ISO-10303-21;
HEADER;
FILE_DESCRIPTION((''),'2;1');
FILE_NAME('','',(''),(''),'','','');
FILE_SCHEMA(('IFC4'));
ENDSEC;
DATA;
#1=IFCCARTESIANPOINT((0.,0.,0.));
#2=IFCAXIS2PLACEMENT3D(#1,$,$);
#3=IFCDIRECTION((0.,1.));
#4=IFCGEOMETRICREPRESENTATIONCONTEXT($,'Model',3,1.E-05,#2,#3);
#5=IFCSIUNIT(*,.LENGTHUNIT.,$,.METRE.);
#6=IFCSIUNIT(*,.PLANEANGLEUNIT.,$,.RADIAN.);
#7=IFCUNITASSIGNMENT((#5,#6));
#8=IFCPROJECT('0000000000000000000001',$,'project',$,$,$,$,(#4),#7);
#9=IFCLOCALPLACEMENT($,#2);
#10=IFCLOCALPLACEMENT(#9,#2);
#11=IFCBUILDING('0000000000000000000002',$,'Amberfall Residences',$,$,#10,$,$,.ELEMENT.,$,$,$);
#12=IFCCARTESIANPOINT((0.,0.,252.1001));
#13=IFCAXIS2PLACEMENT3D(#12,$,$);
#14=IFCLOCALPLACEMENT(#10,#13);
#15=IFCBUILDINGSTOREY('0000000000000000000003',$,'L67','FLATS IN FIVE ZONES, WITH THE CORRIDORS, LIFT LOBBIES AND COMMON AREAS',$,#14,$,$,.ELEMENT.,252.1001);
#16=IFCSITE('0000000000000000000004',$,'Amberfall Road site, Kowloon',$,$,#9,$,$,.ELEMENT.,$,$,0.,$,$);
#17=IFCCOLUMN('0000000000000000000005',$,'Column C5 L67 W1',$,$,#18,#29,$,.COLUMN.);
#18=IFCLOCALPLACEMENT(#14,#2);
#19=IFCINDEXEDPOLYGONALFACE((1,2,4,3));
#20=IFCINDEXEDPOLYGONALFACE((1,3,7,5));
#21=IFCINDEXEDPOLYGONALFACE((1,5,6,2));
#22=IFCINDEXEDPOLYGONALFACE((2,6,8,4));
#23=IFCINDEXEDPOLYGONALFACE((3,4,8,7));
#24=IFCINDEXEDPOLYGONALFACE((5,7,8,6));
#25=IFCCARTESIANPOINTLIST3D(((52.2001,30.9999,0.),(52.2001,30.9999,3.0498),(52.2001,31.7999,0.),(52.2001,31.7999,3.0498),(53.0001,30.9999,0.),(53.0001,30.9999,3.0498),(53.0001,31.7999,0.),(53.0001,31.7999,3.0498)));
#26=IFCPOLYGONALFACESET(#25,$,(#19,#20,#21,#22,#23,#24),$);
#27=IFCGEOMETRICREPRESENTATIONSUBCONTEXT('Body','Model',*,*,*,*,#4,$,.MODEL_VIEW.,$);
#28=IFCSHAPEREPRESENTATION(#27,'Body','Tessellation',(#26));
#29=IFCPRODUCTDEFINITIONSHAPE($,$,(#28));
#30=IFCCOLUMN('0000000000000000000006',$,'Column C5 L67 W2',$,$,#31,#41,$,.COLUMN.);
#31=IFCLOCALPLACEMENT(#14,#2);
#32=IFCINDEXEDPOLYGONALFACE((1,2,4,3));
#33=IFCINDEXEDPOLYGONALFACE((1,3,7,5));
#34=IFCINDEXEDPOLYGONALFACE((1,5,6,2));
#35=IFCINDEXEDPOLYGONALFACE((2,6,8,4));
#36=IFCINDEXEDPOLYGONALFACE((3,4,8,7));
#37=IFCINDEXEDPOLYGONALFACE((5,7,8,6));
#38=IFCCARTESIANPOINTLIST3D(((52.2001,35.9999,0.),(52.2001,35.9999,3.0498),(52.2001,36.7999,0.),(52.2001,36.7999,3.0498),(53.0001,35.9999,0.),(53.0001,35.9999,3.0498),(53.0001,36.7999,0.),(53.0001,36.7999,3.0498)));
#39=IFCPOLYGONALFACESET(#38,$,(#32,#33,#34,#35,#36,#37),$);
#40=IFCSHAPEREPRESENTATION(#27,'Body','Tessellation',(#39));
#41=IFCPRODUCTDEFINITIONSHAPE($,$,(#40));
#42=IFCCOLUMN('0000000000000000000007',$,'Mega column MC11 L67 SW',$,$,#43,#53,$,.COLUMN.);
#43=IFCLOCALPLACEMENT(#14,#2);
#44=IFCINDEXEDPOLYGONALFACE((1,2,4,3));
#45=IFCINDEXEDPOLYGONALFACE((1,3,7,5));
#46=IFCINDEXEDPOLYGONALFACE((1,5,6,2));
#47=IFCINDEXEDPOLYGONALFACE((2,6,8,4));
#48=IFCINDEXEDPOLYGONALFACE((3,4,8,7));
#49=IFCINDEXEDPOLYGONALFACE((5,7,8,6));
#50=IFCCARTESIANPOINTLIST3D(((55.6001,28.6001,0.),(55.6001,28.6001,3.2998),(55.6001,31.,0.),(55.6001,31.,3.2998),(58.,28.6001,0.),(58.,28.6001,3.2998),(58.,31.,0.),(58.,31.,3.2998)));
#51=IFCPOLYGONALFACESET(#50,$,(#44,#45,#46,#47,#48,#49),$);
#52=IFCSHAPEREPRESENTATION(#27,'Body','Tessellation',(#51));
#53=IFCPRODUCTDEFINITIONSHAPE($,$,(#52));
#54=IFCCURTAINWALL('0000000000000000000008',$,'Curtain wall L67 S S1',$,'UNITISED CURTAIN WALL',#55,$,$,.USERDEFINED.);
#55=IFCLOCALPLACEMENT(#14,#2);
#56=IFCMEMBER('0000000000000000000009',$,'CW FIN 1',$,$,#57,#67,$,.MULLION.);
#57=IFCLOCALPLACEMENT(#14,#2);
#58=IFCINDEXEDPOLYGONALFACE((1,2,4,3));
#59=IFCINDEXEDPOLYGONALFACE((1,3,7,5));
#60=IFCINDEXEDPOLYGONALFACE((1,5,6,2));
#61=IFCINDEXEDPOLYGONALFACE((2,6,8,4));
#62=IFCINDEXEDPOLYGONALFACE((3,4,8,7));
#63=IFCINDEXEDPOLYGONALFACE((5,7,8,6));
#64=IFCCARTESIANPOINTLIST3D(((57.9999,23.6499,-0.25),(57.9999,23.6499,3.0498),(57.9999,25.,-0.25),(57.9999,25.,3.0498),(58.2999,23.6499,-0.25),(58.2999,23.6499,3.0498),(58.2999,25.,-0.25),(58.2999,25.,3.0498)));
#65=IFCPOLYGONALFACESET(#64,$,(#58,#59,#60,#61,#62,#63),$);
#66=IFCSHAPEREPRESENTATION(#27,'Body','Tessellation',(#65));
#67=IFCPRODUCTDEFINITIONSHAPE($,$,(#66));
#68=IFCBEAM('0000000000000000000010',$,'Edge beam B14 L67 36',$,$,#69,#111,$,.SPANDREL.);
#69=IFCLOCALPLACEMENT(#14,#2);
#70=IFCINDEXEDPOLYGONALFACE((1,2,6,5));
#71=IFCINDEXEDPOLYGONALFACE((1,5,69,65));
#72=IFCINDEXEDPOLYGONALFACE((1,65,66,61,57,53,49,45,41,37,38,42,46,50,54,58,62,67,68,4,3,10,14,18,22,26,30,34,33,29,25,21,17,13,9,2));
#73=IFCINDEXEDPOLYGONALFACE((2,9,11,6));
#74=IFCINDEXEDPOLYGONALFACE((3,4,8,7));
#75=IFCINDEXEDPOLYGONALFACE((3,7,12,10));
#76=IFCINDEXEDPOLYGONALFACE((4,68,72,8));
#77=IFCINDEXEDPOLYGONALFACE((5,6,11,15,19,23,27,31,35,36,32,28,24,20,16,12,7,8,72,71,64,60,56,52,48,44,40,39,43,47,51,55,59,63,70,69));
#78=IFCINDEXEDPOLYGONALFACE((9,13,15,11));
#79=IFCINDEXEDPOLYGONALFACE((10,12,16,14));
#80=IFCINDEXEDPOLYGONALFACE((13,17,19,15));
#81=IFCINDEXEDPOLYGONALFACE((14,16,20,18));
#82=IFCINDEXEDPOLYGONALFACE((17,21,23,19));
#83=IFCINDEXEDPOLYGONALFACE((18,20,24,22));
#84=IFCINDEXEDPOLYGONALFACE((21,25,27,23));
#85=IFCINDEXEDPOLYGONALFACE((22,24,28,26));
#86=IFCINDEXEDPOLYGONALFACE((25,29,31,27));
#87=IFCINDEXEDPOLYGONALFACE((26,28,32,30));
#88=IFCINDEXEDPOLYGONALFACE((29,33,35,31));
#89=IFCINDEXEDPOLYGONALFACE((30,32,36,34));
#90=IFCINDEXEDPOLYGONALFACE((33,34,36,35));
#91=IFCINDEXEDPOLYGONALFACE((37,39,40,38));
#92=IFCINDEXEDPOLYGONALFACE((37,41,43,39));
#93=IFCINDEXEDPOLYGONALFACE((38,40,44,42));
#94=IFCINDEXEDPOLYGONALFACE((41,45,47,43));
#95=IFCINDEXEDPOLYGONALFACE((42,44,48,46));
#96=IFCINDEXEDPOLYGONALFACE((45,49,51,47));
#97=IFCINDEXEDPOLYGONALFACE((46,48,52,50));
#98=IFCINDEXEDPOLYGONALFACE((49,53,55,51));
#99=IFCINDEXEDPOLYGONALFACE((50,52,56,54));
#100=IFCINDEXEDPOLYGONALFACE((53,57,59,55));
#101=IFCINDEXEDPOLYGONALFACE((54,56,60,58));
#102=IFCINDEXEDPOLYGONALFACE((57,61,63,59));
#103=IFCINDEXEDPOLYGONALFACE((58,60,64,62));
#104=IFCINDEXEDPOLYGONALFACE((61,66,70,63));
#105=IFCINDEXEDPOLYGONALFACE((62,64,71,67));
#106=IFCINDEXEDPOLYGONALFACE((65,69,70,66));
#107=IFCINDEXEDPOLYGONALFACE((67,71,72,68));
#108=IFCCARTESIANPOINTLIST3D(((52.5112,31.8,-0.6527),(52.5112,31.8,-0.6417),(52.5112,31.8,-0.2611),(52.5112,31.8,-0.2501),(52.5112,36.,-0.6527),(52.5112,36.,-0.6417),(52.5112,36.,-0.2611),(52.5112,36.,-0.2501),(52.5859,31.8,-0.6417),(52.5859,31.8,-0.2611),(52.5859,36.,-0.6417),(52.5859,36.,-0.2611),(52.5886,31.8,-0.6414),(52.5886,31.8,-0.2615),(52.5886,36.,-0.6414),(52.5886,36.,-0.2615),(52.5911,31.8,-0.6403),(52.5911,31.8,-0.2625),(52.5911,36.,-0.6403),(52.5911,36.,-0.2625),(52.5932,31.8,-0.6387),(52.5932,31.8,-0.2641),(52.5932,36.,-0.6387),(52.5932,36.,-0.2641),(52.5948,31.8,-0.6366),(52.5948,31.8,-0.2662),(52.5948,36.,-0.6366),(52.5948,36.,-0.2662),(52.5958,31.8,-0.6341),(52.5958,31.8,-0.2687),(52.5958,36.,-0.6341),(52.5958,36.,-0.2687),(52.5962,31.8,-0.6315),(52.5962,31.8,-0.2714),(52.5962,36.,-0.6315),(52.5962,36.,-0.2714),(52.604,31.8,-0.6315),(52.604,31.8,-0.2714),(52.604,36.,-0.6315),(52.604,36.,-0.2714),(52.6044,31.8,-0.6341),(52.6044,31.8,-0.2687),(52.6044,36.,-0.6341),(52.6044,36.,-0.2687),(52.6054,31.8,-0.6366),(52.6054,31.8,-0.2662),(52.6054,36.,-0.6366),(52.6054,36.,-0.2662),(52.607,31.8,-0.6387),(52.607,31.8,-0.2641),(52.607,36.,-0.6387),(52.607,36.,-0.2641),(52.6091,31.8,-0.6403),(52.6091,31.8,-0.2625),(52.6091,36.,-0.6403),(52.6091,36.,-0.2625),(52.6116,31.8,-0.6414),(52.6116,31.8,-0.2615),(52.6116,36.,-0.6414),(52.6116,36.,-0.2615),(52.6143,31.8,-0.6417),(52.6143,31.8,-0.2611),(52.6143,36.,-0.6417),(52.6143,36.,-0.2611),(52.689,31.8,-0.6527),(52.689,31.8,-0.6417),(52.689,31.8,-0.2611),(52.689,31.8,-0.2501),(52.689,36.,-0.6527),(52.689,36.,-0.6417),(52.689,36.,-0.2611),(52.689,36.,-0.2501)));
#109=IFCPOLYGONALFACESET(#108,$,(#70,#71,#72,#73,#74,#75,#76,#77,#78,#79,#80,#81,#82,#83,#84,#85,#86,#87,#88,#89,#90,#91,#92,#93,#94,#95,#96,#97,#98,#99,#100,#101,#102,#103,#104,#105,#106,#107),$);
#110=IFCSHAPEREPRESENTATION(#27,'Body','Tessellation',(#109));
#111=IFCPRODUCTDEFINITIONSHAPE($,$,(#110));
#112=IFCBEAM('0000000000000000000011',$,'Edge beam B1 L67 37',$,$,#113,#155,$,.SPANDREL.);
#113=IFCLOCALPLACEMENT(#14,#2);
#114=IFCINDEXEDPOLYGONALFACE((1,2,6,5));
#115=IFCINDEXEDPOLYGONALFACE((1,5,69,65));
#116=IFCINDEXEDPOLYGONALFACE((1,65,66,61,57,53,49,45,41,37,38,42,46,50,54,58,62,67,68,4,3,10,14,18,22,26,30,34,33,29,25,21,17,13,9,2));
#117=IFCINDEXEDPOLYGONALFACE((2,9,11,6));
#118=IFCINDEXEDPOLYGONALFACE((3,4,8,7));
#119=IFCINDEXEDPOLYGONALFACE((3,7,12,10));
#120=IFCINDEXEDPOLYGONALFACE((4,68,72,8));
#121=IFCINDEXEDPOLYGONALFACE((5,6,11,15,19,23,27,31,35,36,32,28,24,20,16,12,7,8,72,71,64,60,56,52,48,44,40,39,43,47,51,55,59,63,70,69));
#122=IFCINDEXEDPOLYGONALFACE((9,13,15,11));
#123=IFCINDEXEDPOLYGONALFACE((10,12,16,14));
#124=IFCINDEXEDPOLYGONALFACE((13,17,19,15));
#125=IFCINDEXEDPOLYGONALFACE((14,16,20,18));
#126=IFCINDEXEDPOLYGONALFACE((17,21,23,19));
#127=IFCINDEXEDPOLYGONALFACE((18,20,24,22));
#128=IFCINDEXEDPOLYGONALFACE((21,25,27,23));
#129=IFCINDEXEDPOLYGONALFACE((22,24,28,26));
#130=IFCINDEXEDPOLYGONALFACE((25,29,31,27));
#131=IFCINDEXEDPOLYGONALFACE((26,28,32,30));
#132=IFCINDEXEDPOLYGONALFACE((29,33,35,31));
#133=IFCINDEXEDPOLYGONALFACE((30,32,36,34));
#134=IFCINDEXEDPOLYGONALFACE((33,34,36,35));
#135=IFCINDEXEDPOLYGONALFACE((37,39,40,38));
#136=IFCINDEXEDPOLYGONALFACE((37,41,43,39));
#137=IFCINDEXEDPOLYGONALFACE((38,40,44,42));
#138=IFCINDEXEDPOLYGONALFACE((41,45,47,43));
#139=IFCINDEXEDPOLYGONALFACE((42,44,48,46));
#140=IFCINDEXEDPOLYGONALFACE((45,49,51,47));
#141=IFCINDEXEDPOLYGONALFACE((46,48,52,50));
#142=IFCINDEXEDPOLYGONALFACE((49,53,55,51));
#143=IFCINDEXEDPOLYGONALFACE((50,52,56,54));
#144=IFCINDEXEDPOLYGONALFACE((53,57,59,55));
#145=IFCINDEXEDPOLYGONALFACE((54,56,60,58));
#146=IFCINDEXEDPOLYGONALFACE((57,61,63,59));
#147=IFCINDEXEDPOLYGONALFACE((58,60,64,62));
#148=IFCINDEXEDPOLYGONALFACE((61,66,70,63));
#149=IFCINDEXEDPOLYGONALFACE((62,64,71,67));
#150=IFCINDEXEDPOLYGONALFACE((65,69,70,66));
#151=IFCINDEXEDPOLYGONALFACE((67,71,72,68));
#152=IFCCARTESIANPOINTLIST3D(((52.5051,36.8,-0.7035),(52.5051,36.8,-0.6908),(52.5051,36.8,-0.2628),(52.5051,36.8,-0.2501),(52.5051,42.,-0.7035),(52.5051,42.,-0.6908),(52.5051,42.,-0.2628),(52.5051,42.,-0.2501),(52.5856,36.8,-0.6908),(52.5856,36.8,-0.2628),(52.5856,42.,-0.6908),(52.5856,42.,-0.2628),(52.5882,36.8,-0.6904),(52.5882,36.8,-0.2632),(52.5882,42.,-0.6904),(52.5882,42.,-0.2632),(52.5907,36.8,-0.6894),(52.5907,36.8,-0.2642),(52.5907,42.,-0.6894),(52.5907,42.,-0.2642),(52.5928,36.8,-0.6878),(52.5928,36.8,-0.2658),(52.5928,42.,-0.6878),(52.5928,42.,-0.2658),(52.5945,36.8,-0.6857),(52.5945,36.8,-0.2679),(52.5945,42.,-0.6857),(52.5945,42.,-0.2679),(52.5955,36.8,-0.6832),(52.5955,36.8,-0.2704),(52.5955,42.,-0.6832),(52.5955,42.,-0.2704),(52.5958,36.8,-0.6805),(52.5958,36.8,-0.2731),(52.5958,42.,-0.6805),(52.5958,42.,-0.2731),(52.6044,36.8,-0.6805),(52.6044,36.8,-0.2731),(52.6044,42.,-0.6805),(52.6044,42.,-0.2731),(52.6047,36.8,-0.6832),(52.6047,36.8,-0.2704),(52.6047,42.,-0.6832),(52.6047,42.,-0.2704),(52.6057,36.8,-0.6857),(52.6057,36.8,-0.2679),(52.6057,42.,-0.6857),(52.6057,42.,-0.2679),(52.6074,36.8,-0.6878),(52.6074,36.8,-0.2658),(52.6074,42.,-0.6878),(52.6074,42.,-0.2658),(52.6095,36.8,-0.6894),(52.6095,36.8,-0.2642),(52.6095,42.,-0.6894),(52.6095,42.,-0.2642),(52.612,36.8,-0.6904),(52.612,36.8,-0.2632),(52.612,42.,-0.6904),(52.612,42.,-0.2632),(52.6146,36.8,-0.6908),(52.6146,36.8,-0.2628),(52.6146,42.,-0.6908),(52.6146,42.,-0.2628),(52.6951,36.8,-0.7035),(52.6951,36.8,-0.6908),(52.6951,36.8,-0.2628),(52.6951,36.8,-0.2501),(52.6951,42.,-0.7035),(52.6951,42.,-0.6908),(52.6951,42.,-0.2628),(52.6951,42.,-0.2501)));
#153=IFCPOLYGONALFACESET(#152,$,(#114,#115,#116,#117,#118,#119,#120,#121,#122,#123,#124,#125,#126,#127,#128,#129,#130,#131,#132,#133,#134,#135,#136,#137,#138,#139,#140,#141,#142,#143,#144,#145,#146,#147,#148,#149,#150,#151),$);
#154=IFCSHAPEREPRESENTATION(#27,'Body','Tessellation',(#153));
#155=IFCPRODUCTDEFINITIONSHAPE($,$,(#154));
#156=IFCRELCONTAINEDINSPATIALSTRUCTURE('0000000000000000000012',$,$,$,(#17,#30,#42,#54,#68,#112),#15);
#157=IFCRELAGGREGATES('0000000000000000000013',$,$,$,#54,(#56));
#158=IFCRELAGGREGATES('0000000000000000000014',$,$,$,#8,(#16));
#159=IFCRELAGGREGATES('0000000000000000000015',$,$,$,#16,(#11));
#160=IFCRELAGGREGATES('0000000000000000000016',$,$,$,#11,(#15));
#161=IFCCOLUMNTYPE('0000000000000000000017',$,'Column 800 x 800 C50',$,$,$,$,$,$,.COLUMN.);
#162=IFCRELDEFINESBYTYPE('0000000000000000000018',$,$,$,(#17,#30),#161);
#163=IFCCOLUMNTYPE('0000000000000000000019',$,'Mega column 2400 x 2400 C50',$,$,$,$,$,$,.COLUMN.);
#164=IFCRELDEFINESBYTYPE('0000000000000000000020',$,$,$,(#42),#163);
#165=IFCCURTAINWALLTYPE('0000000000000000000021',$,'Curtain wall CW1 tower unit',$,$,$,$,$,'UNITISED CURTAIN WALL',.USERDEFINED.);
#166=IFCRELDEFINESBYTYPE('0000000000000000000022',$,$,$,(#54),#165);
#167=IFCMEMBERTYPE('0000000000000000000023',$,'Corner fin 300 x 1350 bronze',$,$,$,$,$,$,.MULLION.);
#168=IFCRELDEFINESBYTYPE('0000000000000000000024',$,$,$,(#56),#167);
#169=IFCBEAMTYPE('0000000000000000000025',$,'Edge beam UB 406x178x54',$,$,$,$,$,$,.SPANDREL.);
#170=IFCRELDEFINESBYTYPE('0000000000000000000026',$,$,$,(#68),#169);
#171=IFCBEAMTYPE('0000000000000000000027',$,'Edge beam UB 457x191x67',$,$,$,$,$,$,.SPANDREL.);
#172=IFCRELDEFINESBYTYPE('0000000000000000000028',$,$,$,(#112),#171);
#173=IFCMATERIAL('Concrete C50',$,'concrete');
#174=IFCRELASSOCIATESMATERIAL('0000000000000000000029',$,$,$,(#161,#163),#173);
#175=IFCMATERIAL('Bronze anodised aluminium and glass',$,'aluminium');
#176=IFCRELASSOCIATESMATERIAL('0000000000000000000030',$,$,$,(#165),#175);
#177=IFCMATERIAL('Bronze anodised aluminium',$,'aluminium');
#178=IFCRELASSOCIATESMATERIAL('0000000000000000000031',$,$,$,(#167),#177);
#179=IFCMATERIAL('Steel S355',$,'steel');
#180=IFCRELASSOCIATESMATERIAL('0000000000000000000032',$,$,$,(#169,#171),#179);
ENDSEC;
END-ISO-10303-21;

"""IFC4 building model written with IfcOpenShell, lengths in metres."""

from ifc_helpers import new_model, si_unit, direction, frame, origin, origin_2d, place, context, subcontext, project, spatial, rectangle, i_section, extrude, material, material_profile, profile_set, type_object, element, aggregate, save


model = new_model("IFC4")

# Units and contexts
model_context = context("Model", 3, precision=1e-05, world=origin(), true_north=direction((0.0, 1.0)))
body_context = subcontext(model_context, "Body", "Model", "MODEL_VIEW")
ifc_project = project(units=[si_unit("LENGTHUNIT", "METRE"), si_unit("PLANEANGLEUNIT", "RADIAN")], contexts=[model_context])

# Site, building, storey
site_placement = place(None, origin())
site = spatial("IfcSite", under=ifc_project, at=site_placement, Name="Amberfall Road site, Kowloon", CompositionType="ELEMENT", RefElevation=0.0)
building_placement = place(site_placement, origin())
building = spatial("IfcBuilding", under=site, at=building_placement, Name="Amberfall Residences", CompositionType="ELEMENT")
storey_placement = place(building_placement, frame((0.0, 0.0, 252.1001)))
storey = spatial("IfcBuildingStorey", under=building, at=storey_placement, Name="L67", Description="FLATS IN FIVE ZONES, WITH THE CORRIDORS, LIFT LOBBIES AND COMMON AREAS", CompositionType="ELEMENT", Elevation=252.1001)

# Columns
ifc_material_1 = material(Name="Concrete C50", Category="concrete")
ifc_material_profile_1 = material_profile(ifc_material_1, rectangle(XDim=0.8, YDim=0.8, at=origin_2d()), Name="Column 800 x 800 C50")
ifc_profile_set_1 = profile_set([ifc_material_profile_1], Name="Concrete C50")
column_type_1 = type_object("IfcColumnType", Name="Column 800 x 800 C50", PredefinedType="COLUMN", material=ifc_profile_set_1)
for number, where, z_axis, x_axis, name in (
    (1, (52.6001, 31.3999, 0.0), (0.0, 0.0, 1.0), (1.0, 0.0, 0.0), "Column C5 L67 W1"),
    (2, (52.6001, 36.3999, 0.0), (0.0, 0.0, 1.0), (1.0, 0.0, 0.0), "Column C5 L67 W2"),
):
    element("IfcColumn", number, at=place(storey_placement, frame(where, z_axis=z_axis, x_axis=x_axis)), inside=storey, type_object=column_type_1, Name=name, PredefinedType="COLUMN", context=body_context, shape_type="SweptSolid", body=[
        extrude(rectangle(XDim=0.8, YDim=0.8, at=origin_2d()), origin(), (0.0, 0.0, 1.0), 3.0498),
    ])
ifc_material_profile_2 = material_profile(ifc_material_1, rectangle(XDim=2.3999, YDim=2.3999, at=origin_2d()), Name="Mega column 2400 x 2400 C50")
ifc_profile_set_2 = profile_set([ifc_material_profile_2], Name="Concrete C50")
column_type_2 = type_object("IfcColumnType", Name="Mega column 2400 x 2400 C50", PredefinedType="COLUMN", material=ifc_profile_set_2)
column_placement = place(storey_placement, frame((56.8, 29.8, 0.0), z_axis=(0.0, 0.0, 1.0), x_axis=(1.0, 0.0, 0.0)))
element("IfcColumn", 3, at=column_placement, inside=storey, type_object=column_type_2, Name="Mega column MC11 L67 SW", PredefinedType="COLUMN", context=body_context, shape_type="SweptSolid", body=[
    extrude(rectangle(XDim=2.3999, YDim=2.3999, at=origin_2d()), origin(), (0.0, 0.0, 1.0), 3.2998),
])

# Curtain wall, member
ifc_material_2 = material(Name="Bronze anodised aluminium and glass", Category="aluminium")
curtain_wall_type = type_object("IfcCurtainWallType", Name="Curtain wall CW1 tower unit", ElementType="UNITISED CURTAIN WALL", PredefinedType="USERDEFINED", material=ifc_material_2)
curtain_wall_placement = place(storey_placement, origin())
curtain_wall = element("IfcCurtainWall", 4, at=curtain_wall_placement, inside=storey, type_object=curtain_wall_type, Name="Curtain wall L67 S S1", ObjectType="UNITISED CURTAIN WALL", PredefinedType="USERDEFINED")
ifc_material_3 = material(Name="Bronze anodised aluminium", Category="aluminium")
ifc_material_profile_3 = material_profile(ifc_material_3, rectangle(XDim=1.3501, YDim=0.3, at=origin_2d()), Name="Corner fin 300 x 1350 bronze")
ifc_profile_set_3 = profile_set([ifc_material_profile_3], Name="Bronze anodised aluminium")
member_type = type_object("IfcMemberType", Name="Corner fin 300 x 1350 bronze", PredefinedType="MULLION", material=ifc_profile_set_3)
member_placement = place(storey_placement, frame((58.1499, 24.325, -0.25), z_axis=(0.0, 0.0, 1.0), x_axis=(0.0, 1.0, 0.0)))
member = element("IfcMember", 5, at=member_placement, type_object=member_type, Name="CW FIN 1", PredefinedType="MULLION", context=body_context, shape_type="SweptSolid", body=[
    extrude(rectangle(XDim=1.3501, YDim=0.3, at=origin_2d()), origin(), (0.0, 0.0, 1.0), 3.2998),
])
aggregate(curtain_wall, [member])

# Beams
ifc_material_4 = material(Name="Steel S355", Category="steel")
ifc_material_profile_4 = material_profile(ifc_material_4, i_section(OverallWidth=0.1777, OverallDepth=0.4026, WebThickness=0.0078, FlangeThickness=0.011, FilletRadius=0.0103, at=origin_2d()), Name="UB 406x178x54")
ifc_profile_set_4 = profile_set([ifc_material_profile_4], Name="Steel S355")
beam_type_1 = type_object("IfcBeamType", Name="Edge beam UB 406x178x54", PredefinedType="SPANDREL", material=ifc_profile_set_4)
beam_1_placement = place(storey_placement, frame((52.6001, 31.8, -0.4514), z_axis=(0.0, 1.0, 0.0), x_axis=(-1.0, 0.0, 0.0)))
element("IfcBeam", 6, at=beam_1_placement, inside=storey, type_object=beam_type_1, Name="Edge beam B14 L67 36", PredefinedType="SPANDREL", context=body_context, shape_type="SweptSolid", body=[
    extrude(i_section(OverallWidth=0.1777, OverallDepth=0.4026, WebThickness=0.0078, FlangeThickness=0.011, FilletRadius=0.0103, at=origin_2d()), origin(), (0.0, 0.0, 1.0), 4.2),
])
ifc_material_profile_5 = material_profile(ifc_material_4, i_section(OverallWidth=0.1899, OverallDepth=0.4534, WebThickness=0.0085, FlangeThickness=0.0127, FilletRadius=0.0103, at=origin_2d()), Name="UB 457x191x67")
ifc_profile_set_5 = profile_set([ifc_material_profile_5], Name="Steel S355")
beam_type_2 = type_object("IfcBeamType", Name="Edge beam UB 457x191x67", PredefinedType="SPANDREL", material=ifc_profile_set_5)
beam_2_placement = place(storey_placement, frame((52.6001, 36.8, -0.4768), z_axis=(0.0, 1.0, 0.0), x_axis=(-1.0, 0.0, 0.0)))
element("IfcBeam", 7, at=beam_2_placement, inside=storey, type_object=beam_type_2, Name="Edge beam B1 L67 37", PredefinedType="SPANDREL", context=body_context, shape_type="SweptSolid", body=[
    extrude(i_section(OverallWidth=0.1899, OverallDepth=0.4534, WebThickness=0.0085, FlangeThickness=0.0127, FilletRadius=0.0103, at=origin_2d()), origin(), (0.0, 0.0, 1.0), 5.2),
])

save(model, "model.ifc")
